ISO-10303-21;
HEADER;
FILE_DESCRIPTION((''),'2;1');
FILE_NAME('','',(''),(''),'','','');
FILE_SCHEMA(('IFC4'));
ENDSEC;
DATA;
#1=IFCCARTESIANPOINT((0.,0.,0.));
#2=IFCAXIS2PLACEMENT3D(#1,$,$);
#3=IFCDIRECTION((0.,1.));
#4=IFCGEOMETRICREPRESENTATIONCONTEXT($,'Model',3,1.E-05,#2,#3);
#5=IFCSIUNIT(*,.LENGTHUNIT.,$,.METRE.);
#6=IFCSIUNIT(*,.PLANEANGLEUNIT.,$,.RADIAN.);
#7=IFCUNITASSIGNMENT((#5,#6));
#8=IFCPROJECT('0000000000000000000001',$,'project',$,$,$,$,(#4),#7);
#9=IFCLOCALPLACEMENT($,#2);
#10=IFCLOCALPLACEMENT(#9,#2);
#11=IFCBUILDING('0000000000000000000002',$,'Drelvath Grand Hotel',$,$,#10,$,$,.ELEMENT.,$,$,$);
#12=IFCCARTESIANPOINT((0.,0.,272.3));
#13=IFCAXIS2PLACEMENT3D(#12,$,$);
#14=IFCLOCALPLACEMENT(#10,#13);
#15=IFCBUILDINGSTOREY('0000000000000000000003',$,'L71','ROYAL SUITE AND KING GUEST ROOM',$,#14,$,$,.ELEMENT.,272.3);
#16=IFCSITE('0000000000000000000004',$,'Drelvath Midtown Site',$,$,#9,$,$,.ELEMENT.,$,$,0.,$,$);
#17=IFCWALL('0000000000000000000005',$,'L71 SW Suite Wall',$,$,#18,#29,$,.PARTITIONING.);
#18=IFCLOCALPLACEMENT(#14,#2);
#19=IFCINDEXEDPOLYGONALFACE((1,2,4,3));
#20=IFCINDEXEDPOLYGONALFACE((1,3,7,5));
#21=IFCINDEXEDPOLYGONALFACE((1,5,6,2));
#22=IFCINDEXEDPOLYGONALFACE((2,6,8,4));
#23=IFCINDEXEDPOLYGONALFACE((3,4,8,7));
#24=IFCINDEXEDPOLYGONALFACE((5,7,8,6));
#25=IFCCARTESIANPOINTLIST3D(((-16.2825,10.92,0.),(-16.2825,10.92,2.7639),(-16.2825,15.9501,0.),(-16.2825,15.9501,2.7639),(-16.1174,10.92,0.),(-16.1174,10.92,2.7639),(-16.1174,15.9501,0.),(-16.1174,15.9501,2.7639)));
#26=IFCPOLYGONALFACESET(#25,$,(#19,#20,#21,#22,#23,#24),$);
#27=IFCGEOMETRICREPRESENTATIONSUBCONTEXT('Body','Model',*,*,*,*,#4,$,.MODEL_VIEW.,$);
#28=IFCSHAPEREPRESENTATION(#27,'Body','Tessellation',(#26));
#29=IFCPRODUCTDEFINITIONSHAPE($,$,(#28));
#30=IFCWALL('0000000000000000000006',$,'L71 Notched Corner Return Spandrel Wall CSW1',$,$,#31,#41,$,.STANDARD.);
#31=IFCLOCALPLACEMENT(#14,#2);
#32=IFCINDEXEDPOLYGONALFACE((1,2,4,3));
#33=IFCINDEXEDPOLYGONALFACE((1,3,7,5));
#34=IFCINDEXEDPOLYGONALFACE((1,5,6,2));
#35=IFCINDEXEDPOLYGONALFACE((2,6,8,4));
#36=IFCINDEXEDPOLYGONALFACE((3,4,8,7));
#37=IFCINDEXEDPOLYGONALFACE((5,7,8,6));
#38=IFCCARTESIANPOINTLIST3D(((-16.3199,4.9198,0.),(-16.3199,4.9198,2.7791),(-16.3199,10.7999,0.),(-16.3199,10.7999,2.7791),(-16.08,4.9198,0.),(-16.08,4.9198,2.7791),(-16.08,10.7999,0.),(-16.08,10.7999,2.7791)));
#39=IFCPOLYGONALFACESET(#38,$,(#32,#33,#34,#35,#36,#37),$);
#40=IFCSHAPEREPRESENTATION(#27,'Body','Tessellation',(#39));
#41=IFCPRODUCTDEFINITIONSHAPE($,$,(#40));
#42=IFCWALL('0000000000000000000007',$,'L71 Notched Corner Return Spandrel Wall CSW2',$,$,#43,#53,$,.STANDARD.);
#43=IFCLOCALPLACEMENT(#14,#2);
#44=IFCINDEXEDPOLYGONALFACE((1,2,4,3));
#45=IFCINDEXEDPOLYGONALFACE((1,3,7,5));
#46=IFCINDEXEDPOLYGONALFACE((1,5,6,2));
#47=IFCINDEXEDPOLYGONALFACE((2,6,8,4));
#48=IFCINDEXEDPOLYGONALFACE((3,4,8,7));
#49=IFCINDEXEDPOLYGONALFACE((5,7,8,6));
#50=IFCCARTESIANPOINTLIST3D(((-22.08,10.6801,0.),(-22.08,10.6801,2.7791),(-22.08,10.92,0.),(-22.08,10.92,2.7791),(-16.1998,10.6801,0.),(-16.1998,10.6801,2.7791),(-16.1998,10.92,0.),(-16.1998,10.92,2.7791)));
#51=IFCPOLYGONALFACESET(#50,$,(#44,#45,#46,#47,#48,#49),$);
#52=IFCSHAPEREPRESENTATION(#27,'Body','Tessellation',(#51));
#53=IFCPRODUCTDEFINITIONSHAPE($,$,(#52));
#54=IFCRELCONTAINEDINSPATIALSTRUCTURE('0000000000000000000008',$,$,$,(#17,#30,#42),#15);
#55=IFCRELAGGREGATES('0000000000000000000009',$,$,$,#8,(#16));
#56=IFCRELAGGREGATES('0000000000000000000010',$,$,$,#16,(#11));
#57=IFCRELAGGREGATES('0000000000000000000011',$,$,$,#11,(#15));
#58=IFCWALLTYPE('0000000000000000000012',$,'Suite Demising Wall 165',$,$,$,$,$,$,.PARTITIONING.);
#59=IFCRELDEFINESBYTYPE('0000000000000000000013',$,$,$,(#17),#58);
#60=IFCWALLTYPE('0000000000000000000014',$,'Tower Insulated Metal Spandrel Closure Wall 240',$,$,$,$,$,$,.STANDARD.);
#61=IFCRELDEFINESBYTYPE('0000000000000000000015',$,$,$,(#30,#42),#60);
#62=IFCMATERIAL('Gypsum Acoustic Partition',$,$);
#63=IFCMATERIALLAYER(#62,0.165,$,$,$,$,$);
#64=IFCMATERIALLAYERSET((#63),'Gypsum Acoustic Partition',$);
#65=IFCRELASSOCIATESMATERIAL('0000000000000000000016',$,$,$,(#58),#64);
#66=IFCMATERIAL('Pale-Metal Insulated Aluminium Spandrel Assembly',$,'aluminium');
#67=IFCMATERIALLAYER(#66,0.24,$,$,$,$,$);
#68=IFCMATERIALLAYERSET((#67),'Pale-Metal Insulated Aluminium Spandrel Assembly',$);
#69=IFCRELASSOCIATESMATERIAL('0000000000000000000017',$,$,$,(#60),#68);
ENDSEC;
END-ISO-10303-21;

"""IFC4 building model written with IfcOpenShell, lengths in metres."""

from ifc_helpers import new_model, si_unit, direction, frame, frame_2d, origin, place, context, subcontext, project, spatial, rectangle, extrude, material, layer, layer_set, type_object, element, save


model = new_model("IFC4")

# Units and contexts
model_context = context("Model", 3, precision=1e-05, world=origin(), true_north=direction((0.0, 1.0)))
body_context = subcontext(model_context, "Body", "Model", "MODEL_VIEW")
ifc_project = project(units=[si_unit("LENGTHUNIT", "METRE"), si_unit("PLANEANGLEUNIT", "RADIAN")], contexts=[model_context])

# Site, building, storey
site_placement = place(None, origin())
site = spatial("IfcSite", under=ifc_project, at=site_placement, Name="Drelvath Midtown Site", CompositionType="ELEMENT", RefElevation=0.0)
building_placement = place(site_placement, origin())
building = spatial("IfcBuilding", under=site, at=building_placement, Name="Drelvath Grand Hotel", CompositionType="ELEMENT")
storey_placement = place(building_placement, frame((0.0, 0.0, 272.3)))
storey = spatial("IfcBuildingStorey", under=building, at=storey_placement, Name="L71", Description="ROYAL SUITE AND KING GUEST ROOM", CompositionType="ELEMENT", Elevation=272.3)

# Walls
ifc_material_1 = material(Name="Gypsum Acoustic Partition")
ifc_layer_1 = layer(ifc_material_1, 0.165)
ifc_layer_set_1 = layer_set([ifc_layer_1], Name="Gypsum Acoustic Partition")
wall_type_1 = type_object("IfcWallType", Name="Suite Demising Wall 165", PredefinedType="PARTITIONING", material=ifc_layer_set_1)
wall_1_placement = place(storey_placement, frame((-16.2, 10.9199, 0.0), z_axis=(0.0, 0.0, 1.0), x_axis=(0.0, 1.0, 0.0)))
element("IfcWall", 1, at=wall_1_placement, inside=storey, type_object=wall_type_1, Name="L71 SW Suite Wall", PredefinedType="PARTITIONING", context=body_context, shape_type="SweptSolid", body=[
    extrude(rectangle(XDim=5.03, YDim=0.165, at=frame_2d((2.5151, 0.0))), origin(), (0.0, 0.0, 1.0), 2.7639),
])
ifc_material_2 = material(Name="Pale-Metal Insulated Aluminium Spandrel Assembly", Category="aluminium")
ifc_layer_2 = layer(ifc_material_2, 0.24)
ifc_layer_set_2 = layer_set([ifc_layer_2], Name="Pale-Metal Insulated Aluminium Spandrel Assembly")
wall_type_2 = type_object("IfcWallType", Name="Tower Insulated Metal Spandrel Closure Wall 240", PredefinedType="STANDARD", material=ifc_layer_set_2)
for number, where, z_axis, x_axis, name in (
    (2, (-16.2, 4.9199, 0.0), (0.0, 0.0, 1.0), (0.0, 1.0, 0.0), "L71 Notched Corner Return Spandrel Wall CSW1"),
    (3, (-16.2, 10.8, 0.0), (0.0, 0.0, 1.0), (-1.0, 0.0, 0.0), "L71 Notched Corner Return Spandrel Wall CSW2"),
):
    element("IfcWall", number, at=place(storey_placement, frame(where, z_axis=z_axis, x_axis=x_axis)), inside=storey, type_object=wall_type_2, Name=name, PredefinedType="STANDARD", context=body_context, shape_type="SweptSolid", body=[
        extrude(rectangle(XDim=5.8801, YDim=0.24, at=frame_2d((2.9399, 0.0))), origin(), (0.0, 0.0, 1.0), 2.7791),
    ])

save(model, "model.ifc")
